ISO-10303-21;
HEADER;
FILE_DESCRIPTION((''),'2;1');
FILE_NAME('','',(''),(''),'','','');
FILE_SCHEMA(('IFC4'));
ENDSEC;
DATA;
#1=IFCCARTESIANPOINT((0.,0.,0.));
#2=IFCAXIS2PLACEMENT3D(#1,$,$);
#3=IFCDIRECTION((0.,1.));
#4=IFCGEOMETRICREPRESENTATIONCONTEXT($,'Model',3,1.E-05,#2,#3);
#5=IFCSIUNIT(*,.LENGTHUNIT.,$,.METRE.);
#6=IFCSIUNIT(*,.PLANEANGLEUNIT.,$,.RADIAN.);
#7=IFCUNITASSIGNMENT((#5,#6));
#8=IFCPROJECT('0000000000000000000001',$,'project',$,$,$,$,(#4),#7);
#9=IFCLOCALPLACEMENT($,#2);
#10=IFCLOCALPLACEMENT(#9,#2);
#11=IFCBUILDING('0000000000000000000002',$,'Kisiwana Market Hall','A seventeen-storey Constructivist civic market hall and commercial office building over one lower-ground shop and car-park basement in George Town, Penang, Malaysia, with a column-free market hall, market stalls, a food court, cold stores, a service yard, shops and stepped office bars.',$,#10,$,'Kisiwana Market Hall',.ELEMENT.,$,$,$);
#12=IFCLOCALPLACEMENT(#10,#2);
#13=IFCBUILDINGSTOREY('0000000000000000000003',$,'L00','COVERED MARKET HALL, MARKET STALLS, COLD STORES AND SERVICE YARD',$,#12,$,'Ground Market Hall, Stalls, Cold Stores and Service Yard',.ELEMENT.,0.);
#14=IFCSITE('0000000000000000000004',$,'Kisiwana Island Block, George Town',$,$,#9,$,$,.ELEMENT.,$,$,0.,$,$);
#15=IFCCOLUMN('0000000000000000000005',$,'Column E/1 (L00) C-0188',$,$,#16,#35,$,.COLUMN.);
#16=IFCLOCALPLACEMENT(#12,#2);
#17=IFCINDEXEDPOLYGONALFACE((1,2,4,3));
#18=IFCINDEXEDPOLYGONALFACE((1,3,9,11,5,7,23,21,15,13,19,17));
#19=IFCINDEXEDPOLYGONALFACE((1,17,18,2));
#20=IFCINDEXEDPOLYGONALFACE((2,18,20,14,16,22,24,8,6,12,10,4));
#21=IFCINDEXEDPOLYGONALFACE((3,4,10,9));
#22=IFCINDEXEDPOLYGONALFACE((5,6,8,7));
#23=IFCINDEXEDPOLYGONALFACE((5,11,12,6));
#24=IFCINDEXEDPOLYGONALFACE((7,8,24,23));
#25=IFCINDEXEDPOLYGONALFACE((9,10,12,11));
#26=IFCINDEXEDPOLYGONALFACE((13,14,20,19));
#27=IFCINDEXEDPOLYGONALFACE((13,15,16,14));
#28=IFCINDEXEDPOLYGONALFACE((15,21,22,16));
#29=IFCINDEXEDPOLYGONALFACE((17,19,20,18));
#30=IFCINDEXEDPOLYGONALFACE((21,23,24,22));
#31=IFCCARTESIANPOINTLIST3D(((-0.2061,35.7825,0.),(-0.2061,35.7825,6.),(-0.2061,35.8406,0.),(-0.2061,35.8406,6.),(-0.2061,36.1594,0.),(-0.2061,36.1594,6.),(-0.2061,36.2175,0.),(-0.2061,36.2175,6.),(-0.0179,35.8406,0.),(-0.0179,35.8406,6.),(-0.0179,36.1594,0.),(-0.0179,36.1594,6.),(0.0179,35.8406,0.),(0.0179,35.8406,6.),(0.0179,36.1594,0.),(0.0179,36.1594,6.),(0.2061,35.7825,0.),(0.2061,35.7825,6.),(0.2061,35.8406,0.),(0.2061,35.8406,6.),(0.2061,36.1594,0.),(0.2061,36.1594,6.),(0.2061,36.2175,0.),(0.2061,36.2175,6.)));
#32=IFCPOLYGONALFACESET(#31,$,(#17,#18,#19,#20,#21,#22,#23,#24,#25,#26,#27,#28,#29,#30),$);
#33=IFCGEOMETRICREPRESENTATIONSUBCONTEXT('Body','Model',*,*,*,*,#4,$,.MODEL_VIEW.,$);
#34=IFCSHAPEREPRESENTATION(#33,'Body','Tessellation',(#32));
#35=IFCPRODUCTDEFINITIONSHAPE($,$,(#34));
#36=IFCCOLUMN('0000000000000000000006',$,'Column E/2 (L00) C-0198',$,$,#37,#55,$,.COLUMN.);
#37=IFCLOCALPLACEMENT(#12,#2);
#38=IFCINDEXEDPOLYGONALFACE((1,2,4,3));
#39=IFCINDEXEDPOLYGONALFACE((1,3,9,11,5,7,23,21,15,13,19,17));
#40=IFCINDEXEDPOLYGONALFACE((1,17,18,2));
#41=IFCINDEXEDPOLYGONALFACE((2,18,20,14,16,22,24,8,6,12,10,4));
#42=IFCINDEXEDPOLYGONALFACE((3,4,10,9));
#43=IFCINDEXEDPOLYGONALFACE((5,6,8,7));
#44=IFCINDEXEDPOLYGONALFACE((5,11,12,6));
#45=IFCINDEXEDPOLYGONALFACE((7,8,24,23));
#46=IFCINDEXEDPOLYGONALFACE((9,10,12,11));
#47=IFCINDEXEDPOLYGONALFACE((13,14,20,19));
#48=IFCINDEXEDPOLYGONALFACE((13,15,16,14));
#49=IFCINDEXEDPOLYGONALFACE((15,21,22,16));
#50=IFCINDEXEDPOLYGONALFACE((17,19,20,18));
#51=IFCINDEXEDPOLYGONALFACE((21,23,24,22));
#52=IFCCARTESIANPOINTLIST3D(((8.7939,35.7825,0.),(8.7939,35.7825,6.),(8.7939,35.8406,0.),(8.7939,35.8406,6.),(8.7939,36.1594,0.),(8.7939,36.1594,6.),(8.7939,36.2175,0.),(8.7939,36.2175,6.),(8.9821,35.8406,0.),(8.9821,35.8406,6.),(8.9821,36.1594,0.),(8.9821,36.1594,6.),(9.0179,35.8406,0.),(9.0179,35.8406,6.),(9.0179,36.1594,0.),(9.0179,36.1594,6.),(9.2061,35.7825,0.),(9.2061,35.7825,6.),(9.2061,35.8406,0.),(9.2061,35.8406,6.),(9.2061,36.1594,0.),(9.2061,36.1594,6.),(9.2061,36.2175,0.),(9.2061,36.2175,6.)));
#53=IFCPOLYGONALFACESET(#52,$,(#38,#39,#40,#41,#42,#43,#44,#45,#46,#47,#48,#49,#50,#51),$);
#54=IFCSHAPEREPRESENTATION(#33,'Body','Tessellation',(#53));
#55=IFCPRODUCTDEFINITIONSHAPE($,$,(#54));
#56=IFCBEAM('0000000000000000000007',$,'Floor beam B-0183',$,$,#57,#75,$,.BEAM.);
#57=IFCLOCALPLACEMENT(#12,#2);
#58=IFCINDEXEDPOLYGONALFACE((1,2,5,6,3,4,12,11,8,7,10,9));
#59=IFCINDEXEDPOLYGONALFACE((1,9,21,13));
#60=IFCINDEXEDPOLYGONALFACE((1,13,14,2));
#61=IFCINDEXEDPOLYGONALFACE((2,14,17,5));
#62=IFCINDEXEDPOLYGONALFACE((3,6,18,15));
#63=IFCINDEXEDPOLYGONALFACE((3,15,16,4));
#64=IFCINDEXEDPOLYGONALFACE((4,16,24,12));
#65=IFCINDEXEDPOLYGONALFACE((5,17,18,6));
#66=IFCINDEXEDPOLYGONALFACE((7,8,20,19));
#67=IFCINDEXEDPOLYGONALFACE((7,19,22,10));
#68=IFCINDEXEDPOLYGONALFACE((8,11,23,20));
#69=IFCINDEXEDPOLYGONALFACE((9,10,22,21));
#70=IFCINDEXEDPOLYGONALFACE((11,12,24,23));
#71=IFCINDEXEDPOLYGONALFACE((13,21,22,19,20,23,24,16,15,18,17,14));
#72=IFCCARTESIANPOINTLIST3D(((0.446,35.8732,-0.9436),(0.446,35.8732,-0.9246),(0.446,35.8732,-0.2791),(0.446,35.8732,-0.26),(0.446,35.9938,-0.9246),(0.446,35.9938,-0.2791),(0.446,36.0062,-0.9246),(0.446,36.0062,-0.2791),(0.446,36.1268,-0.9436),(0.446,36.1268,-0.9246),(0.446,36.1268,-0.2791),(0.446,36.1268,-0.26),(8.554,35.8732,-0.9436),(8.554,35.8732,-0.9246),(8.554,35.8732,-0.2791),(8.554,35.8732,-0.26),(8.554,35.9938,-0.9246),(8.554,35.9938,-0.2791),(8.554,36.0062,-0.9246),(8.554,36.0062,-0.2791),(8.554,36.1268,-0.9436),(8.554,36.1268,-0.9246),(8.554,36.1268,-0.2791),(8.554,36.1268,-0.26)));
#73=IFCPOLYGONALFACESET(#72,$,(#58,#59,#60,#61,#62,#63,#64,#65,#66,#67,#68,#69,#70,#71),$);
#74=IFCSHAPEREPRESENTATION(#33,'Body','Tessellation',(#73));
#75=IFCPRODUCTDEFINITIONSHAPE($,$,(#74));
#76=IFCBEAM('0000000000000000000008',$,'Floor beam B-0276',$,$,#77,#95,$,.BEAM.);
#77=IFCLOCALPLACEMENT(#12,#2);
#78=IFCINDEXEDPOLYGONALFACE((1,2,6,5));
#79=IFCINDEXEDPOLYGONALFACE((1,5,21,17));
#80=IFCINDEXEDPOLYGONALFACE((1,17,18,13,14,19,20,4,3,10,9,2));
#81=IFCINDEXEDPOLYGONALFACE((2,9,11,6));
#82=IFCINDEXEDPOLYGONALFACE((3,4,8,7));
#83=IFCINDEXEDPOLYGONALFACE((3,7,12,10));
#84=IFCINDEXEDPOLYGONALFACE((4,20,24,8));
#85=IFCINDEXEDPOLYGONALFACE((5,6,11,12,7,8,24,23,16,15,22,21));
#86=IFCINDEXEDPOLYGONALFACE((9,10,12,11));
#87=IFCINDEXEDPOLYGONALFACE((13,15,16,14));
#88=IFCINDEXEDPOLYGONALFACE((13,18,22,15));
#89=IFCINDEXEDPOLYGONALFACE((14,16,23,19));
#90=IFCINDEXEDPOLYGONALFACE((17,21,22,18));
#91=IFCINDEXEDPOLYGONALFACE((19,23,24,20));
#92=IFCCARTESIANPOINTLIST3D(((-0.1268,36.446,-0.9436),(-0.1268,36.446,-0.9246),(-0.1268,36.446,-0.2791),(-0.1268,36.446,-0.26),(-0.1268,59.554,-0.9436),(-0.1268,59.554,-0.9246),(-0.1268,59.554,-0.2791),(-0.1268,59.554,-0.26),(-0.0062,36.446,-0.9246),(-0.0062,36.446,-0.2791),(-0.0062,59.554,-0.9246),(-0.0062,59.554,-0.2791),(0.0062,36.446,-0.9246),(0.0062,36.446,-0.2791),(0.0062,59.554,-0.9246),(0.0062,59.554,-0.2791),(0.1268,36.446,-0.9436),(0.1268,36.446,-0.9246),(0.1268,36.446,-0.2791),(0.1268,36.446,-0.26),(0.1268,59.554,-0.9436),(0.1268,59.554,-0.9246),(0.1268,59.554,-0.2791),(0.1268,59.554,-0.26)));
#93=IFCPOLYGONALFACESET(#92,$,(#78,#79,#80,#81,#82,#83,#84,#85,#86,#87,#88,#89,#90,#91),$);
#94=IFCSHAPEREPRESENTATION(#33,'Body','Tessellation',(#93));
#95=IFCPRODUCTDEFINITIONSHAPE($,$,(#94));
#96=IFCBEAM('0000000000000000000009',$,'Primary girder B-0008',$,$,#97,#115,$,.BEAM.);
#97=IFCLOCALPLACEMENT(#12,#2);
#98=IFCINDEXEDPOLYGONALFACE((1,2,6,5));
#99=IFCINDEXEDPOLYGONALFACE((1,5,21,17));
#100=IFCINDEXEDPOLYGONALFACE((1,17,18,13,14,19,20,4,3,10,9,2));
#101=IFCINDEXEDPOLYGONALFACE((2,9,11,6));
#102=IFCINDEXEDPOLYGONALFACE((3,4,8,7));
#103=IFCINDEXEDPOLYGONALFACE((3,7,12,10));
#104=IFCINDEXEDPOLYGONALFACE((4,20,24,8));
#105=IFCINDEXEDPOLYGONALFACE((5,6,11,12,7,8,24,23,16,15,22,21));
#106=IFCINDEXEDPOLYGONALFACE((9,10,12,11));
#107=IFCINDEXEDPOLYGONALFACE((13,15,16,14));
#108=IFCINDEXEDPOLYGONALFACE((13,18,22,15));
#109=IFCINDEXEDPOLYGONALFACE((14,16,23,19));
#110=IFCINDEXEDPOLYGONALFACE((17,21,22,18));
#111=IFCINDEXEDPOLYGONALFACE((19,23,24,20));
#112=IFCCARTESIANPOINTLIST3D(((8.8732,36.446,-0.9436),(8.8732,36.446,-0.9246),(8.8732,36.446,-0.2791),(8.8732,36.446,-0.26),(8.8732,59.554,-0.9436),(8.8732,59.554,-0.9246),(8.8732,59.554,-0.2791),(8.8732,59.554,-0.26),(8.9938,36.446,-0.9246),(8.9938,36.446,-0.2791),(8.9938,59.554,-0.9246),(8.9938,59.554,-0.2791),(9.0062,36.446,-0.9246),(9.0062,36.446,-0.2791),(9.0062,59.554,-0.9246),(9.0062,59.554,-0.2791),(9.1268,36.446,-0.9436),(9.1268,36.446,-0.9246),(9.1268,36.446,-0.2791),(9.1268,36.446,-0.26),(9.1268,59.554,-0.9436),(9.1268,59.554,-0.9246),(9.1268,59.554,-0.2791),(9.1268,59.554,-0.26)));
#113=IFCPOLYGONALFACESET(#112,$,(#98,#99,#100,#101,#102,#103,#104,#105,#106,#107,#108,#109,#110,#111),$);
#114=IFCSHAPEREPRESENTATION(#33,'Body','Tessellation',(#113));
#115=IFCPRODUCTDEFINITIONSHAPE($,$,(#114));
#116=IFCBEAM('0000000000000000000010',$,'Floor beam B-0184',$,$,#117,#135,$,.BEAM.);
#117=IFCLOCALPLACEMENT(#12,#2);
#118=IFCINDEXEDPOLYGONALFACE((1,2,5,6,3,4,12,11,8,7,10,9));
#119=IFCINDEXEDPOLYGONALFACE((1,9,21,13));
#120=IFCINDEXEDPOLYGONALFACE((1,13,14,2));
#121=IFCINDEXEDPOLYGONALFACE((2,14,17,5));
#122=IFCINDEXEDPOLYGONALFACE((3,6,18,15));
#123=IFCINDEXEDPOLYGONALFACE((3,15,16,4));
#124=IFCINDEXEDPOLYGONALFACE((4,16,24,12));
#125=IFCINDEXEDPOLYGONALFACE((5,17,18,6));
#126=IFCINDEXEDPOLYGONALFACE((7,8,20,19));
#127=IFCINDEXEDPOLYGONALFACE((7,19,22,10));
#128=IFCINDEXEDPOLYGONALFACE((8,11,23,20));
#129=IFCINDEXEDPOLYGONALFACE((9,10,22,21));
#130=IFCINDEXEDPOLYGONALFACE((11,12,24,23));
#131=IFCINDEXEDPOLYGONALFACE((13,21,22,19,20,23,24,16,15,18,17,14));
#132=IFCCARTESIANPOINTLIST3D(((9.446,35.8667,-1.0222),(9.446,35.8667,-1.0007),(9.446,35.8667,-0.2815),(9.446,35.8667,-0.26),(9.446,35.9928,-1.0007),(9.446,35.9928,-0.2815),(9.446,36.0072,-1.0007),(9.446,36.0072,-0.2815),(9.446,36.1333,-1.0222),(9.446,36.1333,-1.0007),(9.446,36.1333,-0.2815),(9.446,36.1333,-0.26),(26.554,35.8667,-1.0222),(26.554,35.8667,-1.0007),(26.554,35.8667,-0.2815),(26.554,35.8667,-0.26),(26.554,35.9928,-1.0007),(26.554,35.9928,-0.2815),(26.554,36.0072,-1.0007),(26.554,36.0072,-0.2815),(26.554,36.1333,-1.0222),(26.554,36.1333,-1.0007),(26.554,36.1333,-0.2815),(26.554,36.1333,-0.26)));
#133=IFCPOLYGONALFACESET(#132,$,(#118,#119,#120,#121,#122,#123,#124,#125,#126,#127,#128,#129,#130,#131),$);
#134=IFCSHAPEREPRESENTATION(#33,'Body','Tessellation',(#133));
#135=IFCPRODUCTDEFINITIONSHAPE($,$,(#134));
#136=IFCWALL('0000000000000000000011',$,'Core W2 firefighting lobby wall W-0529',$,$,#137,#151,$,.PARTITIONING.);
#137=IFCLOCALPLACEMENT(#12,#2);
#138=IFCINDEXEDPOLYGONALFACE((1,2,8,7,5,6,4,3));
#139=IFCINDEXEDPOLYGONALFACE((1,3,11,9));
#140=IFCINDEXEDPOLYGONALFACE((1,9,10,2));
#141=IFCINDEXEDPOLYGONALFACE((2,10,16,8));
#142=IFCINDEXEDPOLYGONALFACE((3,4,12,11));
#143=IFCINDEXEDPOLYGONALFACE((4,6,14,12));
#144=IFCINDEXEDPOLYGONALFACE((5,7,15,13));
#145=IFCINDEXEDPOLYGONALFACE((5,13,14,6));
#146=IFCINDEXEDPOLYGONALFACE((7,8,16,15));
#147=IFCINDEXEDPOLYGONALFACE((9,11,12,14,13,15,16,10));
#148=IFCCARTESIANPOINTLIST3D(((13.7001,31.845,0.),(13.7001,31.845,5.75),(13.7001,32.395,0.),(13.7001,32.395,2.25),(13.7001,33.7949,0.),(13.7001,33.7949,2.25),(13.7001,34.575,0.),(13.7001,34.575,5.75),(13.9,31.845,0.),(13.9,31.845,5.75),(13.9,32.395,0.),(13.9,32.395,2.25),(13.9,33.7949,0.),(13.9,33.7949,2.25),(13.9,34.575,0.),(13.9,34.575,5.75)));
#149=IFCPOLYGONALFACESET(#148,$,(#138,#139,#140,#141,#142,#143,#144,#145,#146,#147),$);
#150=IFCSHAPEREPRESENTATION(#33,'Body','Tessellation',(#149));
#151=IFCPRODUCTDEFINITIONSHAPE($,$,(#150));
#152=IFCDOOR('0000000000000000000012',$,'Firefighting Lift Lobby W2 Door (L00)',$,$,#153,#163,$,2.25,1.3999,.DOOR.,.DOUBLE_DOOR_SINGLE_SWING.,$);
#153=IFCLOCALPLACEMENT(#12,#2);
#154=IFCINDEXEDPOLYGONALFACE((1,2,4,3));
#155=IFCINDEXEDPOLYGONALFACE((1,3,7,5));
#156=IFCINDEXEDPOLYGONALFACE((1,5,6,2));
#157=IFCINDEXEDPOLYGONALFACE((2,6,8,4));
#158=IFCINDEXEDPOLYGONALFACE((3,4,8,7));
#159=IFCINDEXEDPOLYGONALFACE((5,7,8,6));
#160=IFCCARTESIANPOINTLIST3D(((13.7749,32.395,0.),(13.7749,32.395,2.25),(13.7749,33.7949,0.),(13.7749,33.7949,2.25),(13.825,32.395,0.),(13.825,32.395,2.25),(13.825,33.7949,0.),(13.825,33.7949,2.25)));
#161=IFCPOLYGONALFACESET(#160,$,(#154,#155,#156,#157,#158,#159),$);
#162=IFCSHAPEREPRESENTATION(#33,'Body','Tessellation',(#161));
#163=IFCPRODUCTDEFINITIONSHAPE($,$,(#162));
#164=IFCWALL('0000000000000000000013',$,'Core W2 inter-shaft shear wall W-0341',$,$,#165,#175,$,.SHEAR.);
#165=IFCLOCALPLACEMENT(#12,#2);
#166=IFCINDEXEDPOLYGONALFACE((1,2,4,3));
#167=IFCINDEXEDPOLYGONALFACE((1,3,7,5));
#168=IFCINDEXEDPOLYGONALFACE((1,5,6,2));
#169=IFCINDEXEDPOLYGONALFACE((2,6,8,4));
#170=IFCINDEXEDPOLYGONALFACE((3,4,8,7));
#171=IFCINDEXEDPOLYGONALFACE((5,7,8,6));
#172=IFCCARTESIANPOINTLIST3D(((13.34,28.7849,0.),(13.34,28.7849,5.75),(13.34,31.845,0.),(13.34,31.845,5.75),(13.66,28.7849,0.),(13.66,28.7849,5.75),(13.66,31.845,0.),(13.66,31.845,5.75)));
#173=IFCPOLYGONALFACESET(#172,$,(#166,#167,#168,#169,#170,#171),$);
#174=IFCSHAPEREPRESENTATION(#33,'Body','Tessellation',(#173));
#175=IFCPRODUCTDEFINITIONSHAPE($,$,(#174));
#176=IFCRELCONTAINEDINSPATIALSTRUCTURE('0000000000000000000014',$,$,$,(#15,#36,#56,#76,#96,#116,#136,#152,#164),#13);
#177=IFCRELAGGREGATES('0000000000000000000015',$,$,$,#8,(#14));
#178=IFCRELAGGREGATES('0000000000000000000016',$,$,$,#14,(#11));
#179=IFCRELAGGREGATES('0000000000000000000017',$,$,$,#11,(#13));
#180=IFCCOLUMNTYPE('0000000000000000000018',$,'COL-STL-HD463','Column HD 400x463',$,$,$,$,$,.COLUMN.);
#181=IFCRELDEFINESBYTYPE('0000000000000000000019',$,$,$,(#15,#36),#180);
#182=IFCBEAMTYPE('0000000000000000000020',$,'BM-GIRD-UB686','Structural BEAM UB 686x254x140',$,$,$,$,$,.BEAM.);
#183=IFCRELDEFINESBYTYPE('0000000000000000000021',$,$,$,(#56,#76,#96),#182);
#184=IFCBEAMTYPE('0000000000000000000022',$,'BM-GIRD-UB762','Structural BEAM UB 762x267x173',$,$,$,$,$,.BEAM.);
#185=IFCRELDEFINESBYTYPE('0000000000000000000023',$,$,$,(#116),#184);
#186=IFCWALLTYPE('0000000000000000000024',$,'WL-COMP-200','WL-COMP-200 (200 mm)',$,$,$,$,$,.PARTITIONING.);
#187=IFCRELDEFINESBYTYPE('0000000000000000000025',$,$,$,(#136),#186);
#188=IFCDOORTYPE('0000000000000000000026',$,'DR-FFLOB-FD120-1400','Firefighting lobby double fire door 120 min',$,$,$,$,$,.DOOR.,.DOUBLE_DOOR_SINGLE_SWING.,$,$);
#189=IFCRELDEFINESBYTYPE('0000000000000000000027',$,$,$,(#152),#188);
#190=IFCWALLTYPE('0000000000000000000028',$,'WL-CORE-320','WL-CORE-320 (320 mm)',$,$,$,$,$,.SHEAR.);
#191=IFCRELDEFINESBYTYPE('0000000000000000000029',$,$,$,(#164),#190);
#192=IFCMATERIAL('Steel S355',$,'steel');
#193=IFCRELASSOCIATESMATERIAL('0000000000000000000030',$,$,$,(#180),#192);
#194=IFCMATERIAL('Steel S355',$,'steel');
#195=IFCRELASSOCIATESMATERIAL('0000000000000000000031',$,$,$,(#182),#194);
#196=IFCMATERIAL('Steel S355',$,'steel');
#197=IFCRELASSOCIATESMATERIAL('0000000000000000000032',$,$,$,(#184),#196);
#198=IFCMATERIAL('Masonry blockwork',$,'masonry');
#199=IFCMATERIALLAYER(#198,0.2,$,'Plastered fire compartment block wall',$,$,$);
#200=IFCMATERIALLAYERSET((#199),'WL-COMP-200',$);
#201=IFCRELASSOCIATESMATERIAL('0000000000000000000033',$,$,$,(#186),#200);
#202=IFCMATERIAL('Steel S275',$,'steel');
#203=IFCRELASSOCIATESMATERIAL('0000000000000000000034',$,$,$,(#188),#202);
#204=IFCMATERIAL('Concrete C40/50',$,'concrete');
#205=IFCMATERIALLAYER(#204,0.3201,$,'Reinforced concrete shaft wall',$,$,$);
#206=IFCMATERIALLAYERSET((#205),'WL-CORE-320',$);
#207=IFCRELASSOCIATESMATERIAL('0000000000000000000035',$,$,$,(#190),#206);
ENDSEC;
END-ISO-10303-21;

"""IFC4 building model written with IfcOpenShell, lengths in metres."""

from ifc_helpers import new_model, si_unit, direction, frame, frame_2d, origin, origin_2d, place, context, subcontext, project, spatial, rectangle, i_section, extrude, material, layer, layer_set, material_profile, profile_set, type_object, element, fill, save


model = new_model("IFC4")

# Units and contexts
model_context = context("Model", 3, precision=1e-05, world=origin(), true_north=direction((0.0, 1.0)))
body_context = subcontext(model_context, "Body", "Model", "MODEL_VIEW")
ifc_project = project(units=[si_unit("LENGTHUNIT", "METRE"), si_unit("PLANEANGLEUNIT", "RADIAN")], contexts=[model_context])

# Site, building, storey
site_placement = place(None, origin())
site = spatial("IfcSite", under=ifc_project, at=site_placement, Name="Kisiwana Island Block, George Town", CompositionType="ELEMENT", RefElevation=0.0)
building_placement = place(site_placement, origin())
building = spatial("IfcBuilding", under=site, at=building_placement, Name="Kisiwana Market Hall", Description="A seventeen-storey Constructivist civic market hall and commercial office building over one lower-ground shop and car-park basement in George Town, Penang, Malaysia, with a column-free market hall, market stalls, a food court, cold stores, a service yard, shops and stepped office bars.", LongName="Kisiwana Market Hall", CompositionType="ELEMENT")
storey_placement = place(building_placement, origin())
storey = spatial("IfcBuildingStorey", under=building, at=storey_placement, Name="L00", Description="COVERED MARKET HALL, MARKET STALLS, COLD STORES AND SERVICE YARD", LongName="Ground Market Hall, Stalls, Cold Stores and Service Yard", CompositionType="ELEMENT", Elevation=0.0)

# Columns
ifc_material_1 = material(Name="Steel S355", Category="steel")
ifc_material_profile_1 = material_profile(ifc_material_1, i_section(OverallWidth=0.4121, OverallDepth=0.4351, WebThickness=0.0359, FlangeThickness=0.0581, at=origin_2d()), Name="HD 400x463")
ifc_profile_set_1 = profile_set([ifc_material_profile_1], Name="Steel S355")
column_type = type_object("IfcColumnType", Name="COL-STL-HD463", Description="Column HD 400x463", PredefinedType="COLUMN", material=ifc_profile_set_1)
for number, where, z_axis, x_axis, name in (
    (1, (0.0, 36.0, 0.0), (0.0, 0.0, 1.0), (1.0, 0.0, 0.0), "Column E/1 (L00) C-0188"),
    (2, (9.0, 36.0, 0.0), (0.0, 0.0, 1.0), (1.0, 0.0, 0.0), "Column E/2 (L00) C-0198"),
):
    element("IfcColumn", number, at=place(storey_placement, frame(where, z_axis=z_axis, x_axis=x_axis)), inside=storey, type_object=column_type, Name=name, PredefinedType="COLUMN", context=body_context, shape_type="SweptSolid", body=[
        extrude(i_section(OverallWidth=0.4121, OverallDepth=0.4351, WebThickness=0.0359, FlangeThickness=0.0581, at=origin_2d()), origin(), (0.0, 0.0, 1.0), 6.0),
    ])

# Beams
ifc_material_2 = material(Name="Steel S355", Category="steel")
ifc_material_profile_2 = material_profile(ifc_material_2, i_section(OverallWidth=0.2537, OverallDepth=0.6836, WebThickness=0.0125, FlangeThickness=0.019, at=origin_2d()), Name="UB 686x254x140")
ifc_profile_set_2 = profile_set([ifc_material_profile_2], Name="Steel S355")
beam_type_1 = type_object("IfcBeamType", Name="BM-GIRD-UB686", Description="Structural BEAM UB 686x254x140", PredefinedType="BEAM", material=ifc_profile_set_2)
beam_1_placement = place(storey_placement, frame((0.446, 36.0, -0.6018), z_axis=(1.0, 0.0, 0.0), x_axis=(0.0, 1.0, 0.0)))
element("IfcBeam", 3, at=beam_1_placement, inside=storey, type_object=beam_type_1, Name="Floor beam B-0183", PredefinedType="BEAM", context=body_context, shape_type="SweptSolid", body=[
    extrude(i_section(OverallWidth=0.2537, OverallDepth=0.6836, WebThickness=0.0125, FlangeThickness=0.019, at=origin_2d()), origin(), (0.0, 0.0, 1.0), 8.1079),
])
for number, where, z_axis, x_axis, name in (
    (4, (0.0, 36.446, -0.6018), (0.0, 1.0, 0.0), (-1.0, 0.0, 0.0), "Floor beam B-0276"),
    (5, (9.0, 36.446, -0.6018), (0.0, 1.0, 0.0), (-1.0, 0.0, 0.0), "Primary girder B-0008"),
):
    element("IfcBeam", number, at=place(storey_placement, frame(where, z_axis=z_axis, x_axis=x_axis)), inside=storey, type_object=beam_type_1, Name=name, PredefinedType="BEAM", context=body_context, shape_type="SweptSolid", body=[
        extrude(i_section(OverallWidth=0.2537, OverallDepth=0.6836, WebThickness=0.0125, FlangeThickness=0.019, at=origin_2d()), origin(), (0.0, 0.0, 1.0), 23.1079),
    ])
ifc_material_3 = material(Name="Steel S355", Category="steel")
ifc_material_profile_3 = material_profile(ifc_material_3, i_section(OverallWidth=0.2666, OverallDepth=0.7622, WebThickness=0.0144, FlangeThickness=0.0215, at=origin_2d()), Name="UB 762x267x173")
ifc_profile_set_3 = profile_set([ifc_material_profile_3], Name="Steel S355")
beam_type_2 = type_object("IfcBeamType", Name="BM-GIRD-UB762", Description="Structural BEAM UB 762x267x173", PredefinedType="BEAM", material=ifc_profile_set_3)
beam_2_placement = place(storey_placement, frame((9.446, 36.0, -0.6411), z_axis=(1.0, 0.0, 0.0), x_axis=(0.0, 1.0, 0.0)))
element("IfcBeam", 6, at=beam_2_placement, inside=storey, type_object=beam_type_2, Name="Floor beam B-0184", PredefinedType="BEAM", context=body_context, shape_type="SweptSolid", body=[
    extrude(i_section(OverallWidth=0.2666, OverallDepth=0.7622, WebThickness=0.0144, FlangeThickness=0.0215, at=origin_2d()), origin(), (0.0, 0.0, 1.0), 17.1079),
])

# Wall, opening, door
ifc_material_4 = material(Name="Masonry blockwork", Category="masonry")
ifc_layer_1 = layer(ifc_material_4, 0.2, Name="Plastered fire compartment block wall")
ifc_layer_set_1 = layer_set([ifc_layer_1], Name="WL-COMP-200")
wall_type_1 = type_object("IfcWallType", Name="WL-COMP-200", Description="WL-COMP-200 (200 mm)", PredefinedType="PARTITIONING", material=ifc_layer_set_1)
wall_1_placement = place(storey_placement, frame((13.8, 31.845, 0.0), z_axis=(0.0, 0.0, 1.0), x_axis=(0.0, 1.0, 0.0)))
wall_1 = element("IfcWall", 7, at=wall_1_placement, inside=storey, type_object=wall_type_1, Name="Core W2 firefighting lobby wall W-0529", PredefinedType="PARTITIONING", context=body_context, shape_type="SweptSolid", body=[
    extrude(rectangle(XDim=2.73, YDim=0.2, at=frame_2d((1.365, 0.0))), origin(), (0.0, 0.0, 1.0), 5.75),
])
opening_1_placement = place(wall_1_placement, frame((0.55, 0.0, 0.0)))
opening_1 = element("IfcOpeningElement", 8, at=opening_1_placement, cuts=wall_1, PredefinedType="OPENING", context=body_context, shape_type="SweptSolid", body=[
    extrude(rectangle(XDim=1.3999, YDim=2.25, at=frame_2d((0.7, 1.125))), frame((0.0, 0.1118, 0.0), z_axis=(0.0, -1.0, 0.0), x_axis=(1.0, 0.0, 0.0)), (0.0, 0.0, 1.0), 0.2239),
])
ifc_material_5 = material(Name="Steel S275", Category="steel")
door_type_1 = type_object("IfcDoorType", Name="DR-FFLOB-FD120-1400", Description="Firefighting lobby double fire door 120 min", OperationType="DOUBLE_DOOR_SINGLE_SWING", PredefinedType="DOOR", material=ifc_material_5)
door_1_placement = place(opening_1_placement, frame((1.3999, 0.0, 0.0), z_axis=(0.0, 0.0, 1.0), x_axis=(-1.0, 0.0, 0.0)))
door_1 = element("IfcDoor", 9, at=door_1_placement, inside=storey, type_object=door_type_1, Name="Firefighting Lift Lobby W2 Door (L00)", OperationType="DOUBLE_DOOR_SINGLE_SWING", OverallHeight=2.25, OverallWidth=1.3999, PredefinedType="DOOR", context=body_context, shape_type="SweptSolid", body=[
    extrude(rectangle(XDim=1.3999, YDim=2.25, at=frame_2d((0.7, 1.125))), frame((0.0, 0.0249, 0.0), z_axis=(0.0, -1.0, 0.0), x_axis=(1.0, 0.0, 0.0)), (0.0, 0.0, 1.0), 0.05),
])
fill(opening_1, door_1)

# Wall
ifc_material_6 = material(Name="Concrete C40/50", Category="concrete")
ifc_layer_2 = layer(ifc_material_6, 0.3201, Name="Reinforced concrete shaft wall")
ifc_layer_set_2 = layer_set([ifc_layer_2], Name="WL-CORE-320")
wall_type_2 = type_object("IfcWallType", Name="WL-CORE-320", Description="WL-CORE-320 (320 mm)", PredefinedType="SHEAR", material=ifc_layer_set_2)
wall_2_placement = place(storey_placement, frame((13.5, 28.7849, 0.0), z_axis=(0.0, 0.0, 1.0), x_axis=(0.0, 1.0, 0.0)))
element("IfcWall", 10, at=wall_2_placement, inside=storey, type_object=wall_type_2, Name="Core W2 inter-shaft shear wall W-0341", PredefinedType="SHEAR", context=body_context, shape_type="SweptSolid", body=[
    extrude(rectangle(XDim=3.0601, YDim=0.3201, at=frame_2d((1.53, 0.0))), origin(), (0.0, 0.0, 1.0), 5.75),
])

save(model, "model.ifc")
